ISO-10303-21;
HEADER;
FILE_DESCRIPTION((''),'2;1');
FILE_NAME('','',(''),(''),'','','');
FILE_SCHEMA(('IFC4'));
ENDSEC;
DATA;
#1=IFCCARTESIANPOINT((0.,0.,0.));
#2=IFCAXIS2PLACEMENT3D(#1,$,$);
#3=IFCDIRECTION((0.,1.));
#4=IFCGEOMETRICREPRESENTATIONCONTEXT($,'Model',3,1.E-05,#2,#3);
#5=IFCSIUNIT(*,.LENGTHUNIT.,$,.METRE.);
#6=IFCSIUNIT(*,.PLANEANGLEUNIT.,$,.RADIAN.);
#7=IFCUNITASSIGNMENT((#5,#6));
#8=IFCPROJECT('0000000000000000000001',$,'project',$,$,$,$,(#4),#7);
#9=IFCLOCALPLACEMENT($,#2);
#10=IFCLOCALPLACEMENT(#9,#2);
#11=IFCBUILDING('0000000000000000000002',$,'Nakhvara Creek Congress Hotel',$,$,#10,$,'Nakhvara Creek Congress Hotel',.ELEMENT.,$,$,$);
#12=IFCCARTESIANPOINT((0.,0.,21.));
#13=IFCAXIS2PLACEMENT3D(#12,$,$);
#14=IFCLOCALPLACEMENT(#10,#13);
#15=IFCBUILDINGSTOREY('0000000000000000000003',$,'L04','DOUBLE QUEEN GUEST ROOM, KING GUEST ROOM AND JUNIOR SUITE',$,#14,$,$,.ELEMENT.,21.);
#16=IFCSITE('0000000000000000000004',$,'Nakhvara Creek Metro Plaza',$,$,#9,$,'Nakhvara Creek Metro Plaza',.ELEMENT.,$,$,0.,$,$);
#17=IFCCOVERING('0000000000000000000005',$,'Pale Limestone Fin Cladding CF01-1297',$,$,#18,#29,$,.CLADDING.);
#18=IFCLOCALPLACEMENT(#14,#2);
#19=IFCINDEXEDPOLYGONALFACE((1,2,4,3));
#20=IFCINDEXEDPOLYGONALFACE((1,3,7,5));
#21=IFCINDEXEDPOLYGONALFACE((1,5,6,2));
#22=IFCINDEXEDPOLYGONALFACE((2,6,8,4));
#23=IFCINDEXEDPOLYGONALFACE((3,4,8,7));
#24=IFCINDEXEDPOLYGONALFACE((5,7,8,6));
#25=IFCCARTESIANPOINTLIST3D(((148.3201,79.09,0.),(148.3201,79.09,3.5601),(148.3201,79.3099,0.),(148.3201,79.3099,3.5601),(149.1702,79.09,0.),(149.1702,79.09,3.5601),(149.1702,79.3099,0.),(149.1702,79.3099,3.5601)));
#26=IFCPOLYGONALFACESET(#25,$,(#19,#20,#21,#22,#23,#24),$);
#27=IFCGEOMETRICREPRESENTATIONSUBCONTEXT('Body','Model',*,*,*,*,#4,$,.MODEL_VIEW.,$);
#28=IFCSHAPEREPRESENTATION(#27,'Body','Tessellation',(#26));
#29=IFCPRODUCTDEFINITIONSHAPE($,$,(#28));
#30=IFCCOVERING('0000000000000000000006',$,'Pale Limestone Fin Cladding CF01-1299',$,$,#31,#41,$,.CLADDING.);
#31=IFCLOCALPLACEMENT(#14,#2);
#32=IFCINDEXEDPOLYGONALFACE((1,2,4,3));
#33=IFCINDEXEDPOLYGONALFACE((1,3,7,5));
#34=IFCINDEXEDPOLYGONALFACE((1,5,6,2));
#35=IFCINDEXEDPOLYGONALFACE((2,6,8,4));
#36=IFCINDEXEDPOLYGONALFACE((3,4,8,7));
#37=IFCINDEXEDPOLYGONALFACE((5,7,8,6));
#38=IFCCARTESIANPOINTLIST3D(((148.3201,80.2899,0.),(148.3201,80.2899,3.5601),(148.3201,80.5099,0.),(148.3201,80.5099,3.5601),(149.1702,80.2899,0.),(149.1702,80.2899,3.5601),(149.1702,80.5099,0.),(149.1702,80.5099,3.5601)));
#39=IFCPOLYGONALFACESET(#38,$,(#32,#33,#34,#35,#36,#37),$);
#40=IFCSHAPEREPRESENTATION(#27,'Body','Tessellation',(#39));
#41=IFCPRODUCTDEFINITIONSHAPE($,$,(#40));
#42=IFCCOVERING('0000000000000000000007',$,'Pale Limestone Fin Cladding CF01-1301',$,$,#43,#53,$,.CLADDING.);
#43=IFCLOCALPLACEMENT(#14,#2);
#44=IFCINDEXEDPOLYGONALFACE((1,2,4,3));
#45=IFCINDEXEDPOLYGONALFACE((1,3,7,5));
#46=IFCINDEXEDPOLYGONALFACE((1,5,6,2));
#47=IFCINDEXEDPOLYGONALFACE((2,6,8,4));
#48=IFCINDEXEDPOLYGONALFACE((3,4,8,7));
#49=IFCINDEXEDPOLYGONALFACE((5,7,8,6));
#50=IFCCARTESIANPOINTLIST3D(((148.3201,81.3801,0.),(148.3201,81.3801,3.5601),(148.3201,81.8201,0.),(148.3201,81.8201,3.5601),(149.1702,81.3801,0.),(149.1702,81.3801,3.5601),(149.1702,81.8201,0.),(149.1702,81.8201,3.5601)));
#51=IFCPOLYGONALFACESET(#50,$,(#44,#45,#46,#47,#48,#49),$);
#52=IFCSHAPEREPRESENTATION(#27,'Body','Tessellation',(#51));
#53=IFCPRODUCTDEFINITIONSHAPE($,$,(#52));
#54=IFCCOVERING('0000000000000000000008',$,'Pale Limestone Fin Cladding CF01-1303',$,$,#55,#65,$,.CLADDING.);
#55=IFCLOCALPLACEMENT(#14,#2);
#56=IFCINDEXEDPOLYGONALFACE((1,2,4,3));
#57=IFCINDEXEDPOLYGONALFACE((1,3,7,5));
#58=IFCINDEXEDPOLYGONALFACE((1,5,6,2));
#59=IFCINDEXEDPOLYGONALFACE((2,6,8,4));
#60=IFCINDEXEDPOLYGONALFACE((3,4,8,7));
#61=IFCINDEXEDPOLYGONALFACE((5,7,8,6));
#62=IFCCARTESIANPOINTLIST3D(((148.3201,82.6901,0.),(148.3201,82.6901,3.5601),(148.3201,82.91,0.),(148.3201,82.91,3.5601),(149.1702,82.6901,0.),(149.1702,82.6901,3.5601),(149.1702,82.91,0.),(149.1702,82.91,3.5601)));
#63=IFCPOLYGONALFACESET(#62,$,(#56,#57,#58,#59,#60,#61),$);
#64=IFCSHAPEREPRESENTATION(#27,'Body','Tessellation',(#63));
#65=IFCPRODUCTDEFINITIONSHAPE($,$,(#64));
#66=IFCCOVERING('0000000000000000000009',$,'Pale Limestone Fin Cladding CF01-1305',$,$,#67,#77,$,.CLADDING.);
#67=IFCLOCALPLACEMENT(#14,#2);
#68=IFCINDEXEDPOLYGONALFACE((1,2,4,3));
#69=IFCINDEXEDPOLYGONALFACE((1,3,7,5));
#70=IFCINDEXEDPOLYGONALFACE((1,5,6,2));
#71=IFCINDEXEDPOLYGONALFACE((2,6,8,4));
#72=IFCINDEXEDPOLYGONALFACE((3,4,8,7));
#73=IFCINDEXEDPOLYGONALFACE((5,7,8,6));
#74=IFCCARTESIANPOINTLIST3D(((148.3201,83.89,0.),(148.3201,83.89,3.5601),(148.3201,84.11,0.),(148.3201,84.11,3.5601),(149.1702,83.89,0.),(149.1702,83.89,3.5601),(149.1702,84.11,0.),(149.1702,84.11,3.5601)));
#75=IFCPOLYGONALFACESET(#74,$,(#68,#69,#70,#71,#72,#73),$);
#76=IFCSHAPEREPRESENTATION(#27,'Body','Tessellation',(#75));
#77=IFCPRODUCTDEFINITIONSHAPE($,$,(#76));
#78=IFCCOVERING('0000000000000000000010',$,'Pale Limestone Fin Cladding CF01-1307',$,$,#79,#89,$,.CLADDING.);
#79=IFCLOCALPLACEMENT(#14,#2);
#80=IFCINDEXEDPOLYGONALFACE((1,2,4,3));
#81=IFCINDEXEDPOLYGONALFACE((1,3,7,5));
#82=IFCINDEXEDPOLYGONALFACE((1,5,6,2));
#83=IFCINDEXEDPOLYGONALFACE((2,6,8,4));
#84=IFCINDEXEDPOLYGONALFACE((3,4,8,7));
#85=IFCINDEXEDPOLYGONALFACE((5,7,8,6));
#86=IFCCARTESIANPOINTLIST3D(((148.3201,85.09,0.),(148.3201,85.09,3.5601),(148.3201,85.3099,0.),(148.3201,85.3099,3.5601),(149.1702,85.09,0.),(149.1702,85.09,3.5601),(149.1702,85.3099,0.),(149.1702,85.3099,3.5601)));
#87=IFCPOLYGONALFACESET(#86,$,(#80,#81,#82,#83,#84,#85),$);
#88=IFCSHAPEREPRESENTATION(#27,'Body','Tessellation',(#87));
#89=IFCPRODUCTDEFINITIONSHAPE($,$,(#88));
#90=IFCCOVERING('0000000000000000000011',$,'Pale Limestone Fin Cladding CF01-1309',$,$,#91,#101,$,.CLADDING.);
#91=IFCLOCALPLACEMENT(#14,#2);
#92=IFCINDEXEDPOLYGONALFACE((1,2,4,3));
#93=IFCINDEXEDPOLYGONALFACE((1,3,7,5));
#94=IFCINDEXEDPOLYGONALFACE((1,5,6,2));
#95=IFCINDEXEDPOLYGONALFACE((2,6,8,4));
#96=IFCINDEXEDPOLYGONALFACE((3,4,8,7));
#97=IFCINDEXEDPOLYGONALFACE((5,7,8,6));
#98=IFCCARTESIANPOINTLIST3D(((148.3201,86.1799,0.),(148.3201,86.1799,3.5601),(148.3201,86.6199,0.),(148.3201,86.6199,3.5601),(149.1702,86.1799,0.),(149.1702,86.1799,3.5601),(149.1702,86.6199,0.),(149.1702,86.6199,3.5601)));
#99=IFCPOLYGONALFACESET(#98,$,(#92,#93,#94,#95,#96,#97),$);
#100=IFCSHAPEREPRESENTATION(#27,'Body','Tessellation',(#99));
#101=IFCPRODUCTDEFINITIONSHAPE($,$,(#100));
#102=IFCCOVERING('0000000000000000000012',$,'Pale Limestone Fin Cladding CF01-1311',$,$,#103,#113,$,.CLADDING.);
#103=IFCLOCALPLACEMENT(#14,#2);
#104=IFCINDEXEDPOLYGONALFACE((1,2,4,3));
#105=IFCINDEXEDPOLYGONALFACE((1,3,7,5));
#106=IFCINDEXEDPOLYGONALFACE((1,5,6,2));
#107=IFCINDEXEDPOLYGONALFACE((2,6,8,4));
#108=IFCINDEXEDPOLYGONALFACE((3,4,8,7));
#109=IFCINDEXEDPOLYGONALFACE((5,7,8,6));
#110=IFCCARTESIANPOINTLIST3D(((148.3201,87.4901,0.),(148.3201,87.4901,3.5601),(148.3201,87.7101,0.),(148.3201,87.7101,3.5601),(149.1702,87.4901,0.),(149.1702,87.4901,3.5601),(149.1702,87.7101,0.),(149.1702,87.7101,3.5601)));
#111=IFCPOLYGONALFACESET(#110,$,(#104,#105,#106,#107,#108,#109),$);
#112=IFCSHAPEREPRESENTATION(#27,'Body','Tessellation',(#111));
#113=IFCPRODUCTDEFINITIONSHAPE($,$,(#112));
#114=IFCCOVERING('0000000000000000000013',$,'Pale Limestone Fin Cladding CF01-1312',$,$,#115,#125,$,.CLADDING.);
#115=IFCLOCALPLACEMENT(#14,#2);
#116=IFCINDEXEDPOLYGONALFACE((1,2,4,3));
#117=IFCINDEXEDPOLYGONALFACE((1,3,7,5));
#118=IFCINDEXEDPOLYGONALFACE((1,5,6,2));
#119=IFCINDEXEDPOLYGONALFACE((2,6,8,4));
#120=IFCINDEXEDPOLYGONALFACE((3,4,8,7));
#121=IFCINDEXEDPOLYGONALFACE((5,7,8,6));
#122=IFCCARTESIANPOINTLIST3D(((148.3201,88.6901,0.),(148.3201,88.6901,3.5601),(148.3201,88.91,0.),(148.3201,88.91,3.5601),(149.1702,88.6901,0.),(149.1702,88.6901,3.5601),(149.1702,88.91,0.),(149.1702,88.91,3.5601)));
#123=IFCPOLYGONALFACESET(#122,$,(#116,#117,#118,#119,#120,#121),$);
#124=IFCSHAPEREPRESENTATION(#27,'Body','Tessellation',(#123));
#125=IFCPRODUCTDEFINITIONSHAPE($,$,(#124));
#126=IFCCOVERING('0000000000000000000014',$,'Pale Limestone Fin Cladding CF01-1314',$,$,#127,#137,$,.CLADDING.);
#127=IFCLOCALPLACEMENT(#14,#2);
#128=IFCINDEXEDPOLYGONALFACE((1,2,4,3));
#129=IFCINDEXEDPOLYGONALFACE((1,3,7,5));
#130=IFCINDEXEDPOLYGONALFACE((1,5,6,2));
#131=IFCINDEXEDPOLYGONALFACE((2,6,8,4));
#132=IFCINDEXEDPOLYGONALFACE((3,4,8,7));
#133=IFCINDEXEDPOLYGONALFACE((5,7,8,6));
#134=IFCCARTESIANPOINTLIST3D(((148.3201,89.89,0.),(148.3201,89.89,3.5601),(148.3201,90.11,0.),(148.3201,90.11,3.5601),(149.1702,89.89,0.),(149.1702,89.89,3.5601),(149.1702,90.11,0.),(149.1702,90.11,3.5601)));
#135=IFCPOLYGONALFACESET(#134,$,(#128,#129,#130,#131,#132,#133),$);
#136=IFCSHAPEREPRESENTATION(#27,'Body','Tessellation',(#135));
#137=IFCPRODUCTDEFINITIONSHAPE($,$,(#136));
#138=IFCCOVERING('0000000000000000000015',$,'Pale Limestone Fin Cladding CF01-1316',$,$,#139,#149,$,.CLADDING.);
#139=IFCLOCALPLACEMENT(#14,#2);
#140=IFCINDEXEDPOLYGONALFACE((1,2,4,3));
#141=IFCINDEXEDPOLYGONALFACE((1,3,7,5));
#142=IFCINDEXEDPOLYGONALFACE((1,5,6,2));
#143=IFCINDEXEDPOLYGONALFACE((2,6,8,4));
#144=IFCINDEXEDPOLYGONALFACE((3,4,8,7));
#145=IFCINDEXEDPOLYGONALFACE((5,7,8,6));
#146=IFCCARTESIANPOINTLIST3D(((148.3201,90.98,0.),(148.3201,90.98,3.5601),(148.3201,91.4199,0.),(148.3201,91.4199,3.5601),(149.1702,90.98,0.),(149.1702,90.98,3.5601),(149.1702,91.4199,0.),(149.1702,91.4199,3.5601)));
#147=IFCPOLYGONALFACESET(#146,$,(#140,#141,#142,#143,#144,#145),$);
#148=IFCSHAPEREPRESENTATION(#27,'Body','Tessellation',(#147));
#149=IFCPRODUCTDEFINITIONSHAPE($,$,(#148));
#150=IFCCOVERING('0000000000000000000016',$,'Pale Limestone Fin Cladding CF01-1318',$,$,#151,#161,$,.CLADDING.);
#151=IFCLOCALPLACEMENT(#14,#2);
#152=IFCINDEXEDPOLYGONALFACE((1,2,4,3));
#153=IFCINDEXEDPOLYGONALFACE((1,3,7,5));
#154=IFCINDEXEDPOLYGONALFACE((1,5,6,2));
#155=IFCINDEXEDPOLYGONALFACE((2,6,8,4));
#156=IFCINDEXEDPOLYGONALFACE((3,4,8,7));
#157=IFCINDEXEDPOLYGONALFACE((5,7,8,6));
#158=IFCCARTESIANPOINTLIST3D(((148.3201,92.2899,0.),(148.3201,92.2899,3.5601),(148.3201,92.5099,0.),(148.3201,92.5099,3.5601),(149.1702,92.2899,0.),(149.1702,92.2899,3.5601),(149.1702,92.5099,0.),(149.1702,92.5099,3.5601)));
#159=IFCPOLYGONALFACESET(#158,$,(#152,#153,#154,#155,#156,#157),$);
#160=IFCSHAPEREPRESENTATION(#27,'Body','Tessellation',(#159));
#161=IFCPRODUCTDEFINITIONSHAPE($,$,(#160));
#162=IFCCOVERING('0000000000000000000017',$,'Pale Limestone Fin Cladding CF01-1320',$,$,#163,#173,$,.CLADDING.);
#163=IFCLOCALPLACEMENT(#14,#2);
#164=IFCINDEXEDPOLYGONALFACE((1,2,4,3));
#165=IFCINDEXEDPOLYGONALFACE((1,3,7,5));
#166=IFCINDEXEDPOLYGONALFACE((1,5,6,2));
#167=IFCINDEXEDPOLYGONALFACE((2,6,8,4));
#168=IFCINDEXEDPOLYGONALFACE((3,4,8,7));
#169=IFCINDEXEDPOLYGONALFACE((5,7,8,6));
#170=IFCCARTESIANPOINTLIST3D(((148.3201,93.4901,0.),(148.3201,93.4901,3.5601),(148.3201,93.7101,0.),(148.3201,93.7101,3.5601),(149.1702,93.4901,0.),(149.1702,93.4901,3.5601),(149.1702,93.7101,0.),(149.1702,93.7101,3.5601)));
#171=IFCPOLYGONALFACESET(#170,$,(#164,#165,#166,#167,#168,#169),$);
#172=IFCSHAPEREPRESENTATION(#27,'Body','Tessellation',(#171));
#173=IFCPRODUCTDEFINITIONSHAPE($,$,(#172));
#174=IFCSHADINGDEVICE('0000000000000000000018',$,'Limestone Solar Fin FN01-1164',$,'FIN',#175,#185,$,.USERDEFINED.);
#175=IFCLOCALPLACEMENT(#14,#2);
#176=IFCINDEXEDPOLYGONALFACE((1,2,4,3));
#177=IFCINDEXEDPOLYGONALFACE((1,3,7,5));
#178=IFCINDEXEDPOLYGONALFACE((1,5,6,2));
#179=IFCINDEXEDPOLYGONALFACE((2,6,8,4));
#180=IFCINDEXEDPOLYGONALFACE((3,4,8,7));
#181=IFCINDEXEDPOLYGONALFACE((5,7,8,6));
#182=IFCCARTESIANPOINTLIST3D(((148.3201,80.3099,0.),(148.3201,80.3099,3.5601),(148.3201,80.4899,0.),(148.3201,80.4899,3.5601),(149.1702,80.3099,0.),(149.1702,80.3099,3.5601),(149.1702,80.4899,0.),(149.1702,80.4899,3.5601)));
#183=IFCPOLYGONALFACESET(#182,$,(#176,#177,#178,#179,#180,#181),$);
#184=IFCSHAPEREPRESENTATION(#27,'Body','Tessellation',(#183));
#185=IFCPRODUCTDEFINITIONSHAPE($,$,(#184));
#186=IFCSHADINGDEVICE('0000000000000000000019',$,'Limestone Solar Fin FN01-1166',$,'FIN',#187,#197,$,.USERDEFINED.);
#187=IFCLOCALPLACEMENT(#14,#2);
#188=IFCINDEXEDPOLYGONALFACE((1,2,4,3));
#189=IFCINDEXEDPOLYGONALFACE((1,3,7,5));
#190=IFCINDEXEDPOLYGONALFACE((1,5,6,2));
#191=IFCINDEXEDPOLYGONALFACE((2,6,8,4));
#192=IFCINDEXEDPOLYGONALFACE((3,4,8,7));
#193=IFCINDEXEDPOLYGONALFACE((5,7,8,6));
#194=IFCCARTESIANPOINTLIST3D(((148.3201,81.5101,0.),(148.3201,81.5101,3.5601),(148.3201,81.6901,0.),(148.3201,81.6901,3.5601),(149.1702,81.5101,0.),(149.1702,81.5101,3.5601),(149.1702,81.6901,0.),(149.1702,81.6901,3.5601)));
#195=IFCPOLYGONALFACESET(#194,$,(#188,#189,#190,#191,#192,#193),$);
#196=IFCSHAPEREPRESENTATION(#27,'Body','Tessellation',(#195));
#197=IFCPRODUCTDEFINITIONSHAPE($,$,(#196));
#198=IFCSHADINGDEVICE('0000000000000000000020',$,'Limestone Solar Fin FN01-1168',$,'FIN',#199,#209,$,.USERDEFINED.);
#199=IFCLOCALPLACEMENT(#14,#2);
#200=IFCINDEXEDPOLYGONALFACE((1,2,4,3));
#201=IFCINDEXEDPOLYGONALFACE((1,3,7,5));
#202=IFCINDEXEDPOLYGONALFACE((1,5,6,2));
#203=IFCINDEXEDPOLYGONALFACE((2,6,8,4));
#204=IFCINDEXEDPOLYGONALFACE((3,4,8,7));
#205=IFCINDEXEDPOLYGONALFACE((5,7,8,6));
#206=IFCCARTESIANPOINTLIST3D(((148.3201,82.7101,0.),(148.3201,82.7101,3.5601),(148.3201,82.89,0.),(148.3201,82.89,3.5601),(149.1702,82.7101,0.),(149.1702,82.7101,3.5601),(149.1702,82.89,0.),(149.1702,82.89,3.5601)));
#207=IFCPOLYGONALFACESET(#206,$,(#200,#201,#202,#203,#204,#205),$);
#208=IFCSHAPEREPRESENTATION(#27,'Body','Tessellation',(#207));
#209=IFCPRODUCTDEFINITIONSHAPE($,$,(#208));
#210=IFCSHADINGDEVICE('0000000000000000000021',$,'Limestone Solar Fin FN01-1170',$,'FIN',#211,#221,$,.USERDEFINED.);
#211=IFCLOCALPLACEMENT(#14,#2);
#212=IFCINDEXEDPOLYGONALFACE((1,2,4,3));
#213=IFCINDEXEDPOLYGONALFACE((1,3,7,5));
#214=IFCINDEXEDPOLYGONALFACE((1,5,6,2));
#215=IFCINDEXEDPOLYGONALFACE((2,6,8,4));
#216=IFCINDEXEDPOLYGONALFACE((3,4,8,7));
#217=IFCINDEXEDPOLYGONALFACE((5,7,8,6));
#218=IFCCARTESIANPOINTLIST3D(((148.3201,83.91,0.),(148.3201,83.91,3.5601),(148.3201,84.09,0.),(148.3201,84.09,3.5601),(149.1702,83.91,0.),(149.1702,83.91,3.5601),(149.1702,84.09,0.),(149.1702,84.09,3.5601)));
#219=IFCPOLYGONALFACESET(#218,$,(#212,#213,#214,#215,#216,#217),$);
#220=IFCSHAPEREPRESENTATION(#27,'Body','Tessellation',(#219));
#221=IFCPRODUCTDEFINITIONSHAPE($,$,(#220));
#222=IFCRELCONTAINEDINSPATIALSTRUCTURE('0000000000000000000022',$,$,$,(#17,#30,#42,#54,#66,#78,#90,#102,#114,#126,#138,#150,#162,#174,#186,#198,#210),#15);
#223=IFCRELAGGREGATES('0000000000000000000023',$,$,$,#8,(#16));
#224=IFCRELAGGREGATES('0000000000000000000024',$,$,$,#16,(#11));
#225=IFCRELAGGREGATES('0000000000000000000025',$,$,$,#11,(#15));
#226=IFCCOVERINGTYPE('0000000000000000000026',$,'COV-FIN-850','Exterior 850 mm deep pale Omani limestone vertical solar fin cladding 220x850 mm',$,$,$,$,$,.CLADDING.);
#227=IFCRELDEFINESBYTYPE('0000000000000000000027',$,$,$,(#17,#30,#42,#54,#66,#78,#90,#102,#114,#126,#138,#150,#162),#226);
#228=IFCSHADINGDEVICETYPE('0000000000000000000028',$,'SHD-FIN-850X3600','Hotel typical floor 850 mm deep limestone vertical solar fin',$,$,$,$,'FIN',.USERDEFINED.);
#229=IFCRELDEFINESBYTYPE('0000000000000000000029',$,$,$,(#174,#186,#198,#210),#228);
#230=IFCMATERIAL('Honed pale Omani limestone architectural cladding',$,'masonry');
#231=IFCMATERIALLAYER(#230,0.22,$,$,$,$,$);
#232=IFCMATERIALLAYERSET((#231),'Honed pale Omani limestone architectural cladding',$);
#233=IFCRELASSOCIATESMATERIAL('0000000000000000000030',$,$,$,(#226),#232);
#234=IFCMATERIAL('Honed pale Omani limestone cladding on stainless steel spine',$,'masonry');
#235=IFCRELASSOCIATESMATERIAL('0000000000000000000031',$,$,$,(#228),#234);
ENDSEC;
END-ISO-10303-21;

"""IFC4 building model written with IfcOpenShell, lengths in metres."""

from ifc_helpers import new_model, si_unit, direction, frame, origin, origin_2d, place, context, subcontext, project, spatial, rectangle, extrude, material, layer, layer_set, type_object, element, save


model = new_model("IFC4")

# Units and contexts
model_context = context("Model", 3, precision=1e-05, world=origin(), true_north=direction((0.0, 1.0)))
body_context = subcontext(model_context, "Body", "Model", "MODEL_VIEW")
ifc_project = project(units=[si_unit("LENGTHUNIT", "METRE"), si_unit("PLANEANGLEUNIT", "RADIAN")], contexts=[model_context])

# Site, building, storey
site_placement = place(None, origin())
site = spatial("IfcSite", under=ifc_project, at=site_placement, Name="Nakhvara Creek Metro Plaza", LongName="Nakhvara Creek Metro Plaza", CompositionType="ELEMENT", RefElevation=0.0)
building_placement = place(site_placement, origin())
building = spatial("IfcBuilding", under=site, at=building_placement, Name="Nakhvara Creek Congress Hotel", LongName="Nakhvara Creek Congress Hotel", CompositionType="ELEMENT")
storey_placement = place(building_placement, frame((0.0, 0.0, 21.0)))
storey = spatial("IfcBuildingStorey", under=building, at=storey_placement, Name="L04", Description="DOUBLE QUEEN GUEST ROOM, KING GUEST ROOM AND JUNIOR SUITE", CompositionType="ELEMENT", Elevation=21.0)

# Coverings
ifc_material_1 = material(Name="Honed pale Omani limestone architectural cladding", Category="masonry")
ifc_layer = layer(ifc_material_1, 0.22)
ifc_layer_set = layer_set([ifc_layer], Name="Honed pale Omani limestone architectural cladding")
covering_type = type_object("IfcCoveringType", Name="COV-FIN-850", Description="Exterior 850 mm deep pale Omani limestone vertical solar fin cladding 220x850 mm", PredefinedType="CLADDING", material=ifc_layer_set)
for number, where, z_axis, x_axis, name in (
    (1, (148.7451, 79.2, 0.0), (0.0, 0.0, 1.0), (0.0, 1.0, 0.0), "Pale Limestone Fin Cladding CF01-1297"),
    (2, (148.7451, 80.3999, 0.0), (0.0, 0.0, 1.0), (0.0, 1.0, 0.0), "Pale Limestone Fin Cladding CF01-1299"),
):
    element("IfcCovering", number, at=place(storey_placement, frame(where, z_axis=z_axis, x_axis=x_axis)), inside=storey, type_object=covering_type, Name=name, PredefinedType="CLADDING", context=body_context, shape_type="SweptSolid", body=[
        extrude(rectangle(XDim=0.22, YDim=0.8501, at=origin_2d()), origin(), (0.0, 0.0, 1.0), 3.5601),
    ])
covering_1_placement = place(storey_placement, frame((148.7451, 81.6001, 0.0), z_axis=(0.0, 0.0, 1.0), x_axis=(0.0, 1.0, 0.0)))
element("IfcCovering", 3, at=covering_1_placement, inside=storey, type_object=covering_type, Name="Pale Limestone Fin Cladding CF01-1301", PredefinedType="CLADDING", context=body_context, shape_type="SweptSolid", body=[
    extrude(rectangle(XDim=0.4399, YDim=0.8501, at=origin_2d()), origin(), (0.0, 0.0, 1.0), 3.5601),
])
for number, where, z_axis, x_axis, name in (
    (4, (148.7451, 82.8, 0.0), (0.0, 0.0, 1.0), (0.0, 1.0, 0.0), "Pale Limestone Fin Cladding CF01-1303"),
    (5, (148.7451, 84.0, 0.0), (0.0, 0.0, 1.0), (0.0, 1.0, 0.0), "Pale Limestone Fin Cladding CF01-1305"),
    (6, (148.7451, 85.2, 0.0), (0.0, 0.0, 1.0), (0.0, 1.0, 0.0), "Pale Limestone Fin Cladding CF01-1307"),
):
    element("IfcCovering", number, at=place(storey_placement, frame(where, z_axis=z_axis, x_axis=x_axis)), inside=storey, type_object=covering_type, Name=name, PredefinedType="CLADDING", context=body_context, shape_type="SweptSolid", body=[
        extrude(rectangle(XDim=0.22, YDim=0.8501, at=origin_2d()), origin(), (0.0, 0.0, 1.0), 3.5601),
    ])
covering_2_placement = place(storey_placement, frame((148.7451, 86.3999, 0.0), z_axis=(0.0, 0.0, 1.0), x_axis=(0.0, 1.0, 0.0)))
element("IfcCovering", 7, at=covering_2_placement, inside=storey, type_object=covering_type, Name="Pale Limestone Fin Cladding CF01-1309", PredefinedType="CLADDING", context=body_context, shape_type="SweptSolid", body=[
    extrude(rectangle(XDim=0.4399, YDim=0.8501, at=origin_2d()), origin(), (0.0, 0.0, 1.0), 3.5601),
])
for number, where, z_axis, x_axis, name in (
    (8, (148.7451, 87.6001, 0.0), (0.0, 0.0, 1.0), (0.0, 1.0, 0.0), "Pale Limestone Fin Cladding CF01-1311"),
    (9, (148.7451, 88.8, 0.0), (0.0, 0.0, 1.0), (0.0, 1.0, 0.0), "Pale Limestone Fin Cladding CF01-1312"),
    (10, (148.7451, 90.0, 0.0), (0.0, 0.0, 1.0), (0.0, 1.0, 0.0), "Pale Limestone Fin Cladding CF01-1314"),
):
    element("IfcCovering", number, at=place(storey_placement, frame(where, z_axis=z_axis, x_axis=x_axis)), inside=storey, type_object=covering_type, Name=name, PredefinedType="CLADDING", context=body_context, shape_type="SweptSolid", body=[
        extrude(rectangle(XDim=0.22, YDim=0.8501, at=origin_2d()), origin(), (0.0, 0.0, 1.0), 3.5601),
    ])
covering_3_placement = place(storey_placement, frame((148.7451, 91.2, 0.0), z_axis=(0.0, 0.0, 1.0), x_axis=(0.0, 1.0, 0.0)))
element("IfcCovering", 11, at=covering_3_placement, inside=storey, type_object=covering_type, Name="Pale Limestone Fin Cladding CF01-1316", PredefinedType="CLADDING", context=body_context, shape_type="SweptSolid", body=[
    extrude(rectangle(XDim=0.4399, YDim=0.8501, at=origin_2d()), origin(), (0.0, 0.0, 1.0), 3.5601),
])
for number, where, z_axis, x_axis, name in (
    (12, (148.7451, 92.3999, 0.0), (0.0, 0.0, 1.0), (0.0, 1.0, 0.0), "Pale Limestone Fin Cladding CF01-1318"),
    (13, (148.7451, 93.6001, 0.0), (0.0, 0.0, 1.0), (0.0, 1.0, 0.0), "Pale Limestone Fin Cladding CF01-1320"),
):
    element("IfcCovering", number, at=place(storey_placement, frame(where, z_axis=z_axis, x_axis=x_axis)), inside=storey, type_object=covering_type, Name=name, PredefinedType="CLADDING", context=body_context, shape_type="SweptSolid", body=[
        extrude(rectangle(XDim=0.22, YDim=0.8501, at=origin_2d()), origin(), (0.0, 0.0, 1.0), 3.5601),
    ])

# Shading devices
ifc_material_2 = material(Name="Honed pale Omani limestone cladding on stainless steel spine", Category="masonry")
shading_device_type = type_object("IfcShadingDeviceType", Name="SHD-FIN-850X3600", Description="Hotel typical floor 850 mm deep limestone vertical solar fin", ElementType="FIN", PredefinedType="USERDEFINED", material=ifc_material_2)
for number, where, z_axis, x_axis, name in (
    (14, (148.7451, 80.3999, 0.0), (0.0, 0.0, 1.0), (0.0, 1.0, 0.0), "Limestone Solar Fin FN01-1164"),
    (15, (148.7451, 81.6001, 0.0), (0.0, 0.0, 1.0), (0.0, 1.0, 0.0), "Limestone Solar Fin FN01-1166"),
    (16, (148.7451, 82.8, 0.0), (0.0, 0.0, 1.0), (0.0, 1.0, 0.0), "Limestone Solar Fin FN01-1168"),
    (17, (148.7451, 84.0, 0.0), (0.0, 0.0, 1.0), (0.0, 1.0, 0.0), "Limestone Solar Fin FN01-1170"),
):
    element("IfcShadingDevice", number, at=place(storey_placement, frame(where, z_axis=z_axis, x_axis=x_axis)), inside=storey, type_object=shading_device_type, Name=name, ObjectType="FIN", PredefinedType="USERDEFINED", context=body_context, shape_type="SweptSolid", body=[
        extrude(rectangle(XDim=0.1799, YDim=0.8501, at=origin_2d()), origin(), (0.0, 0.0, 1.0), 3.5601),
    ])

save(model, "model.ifc")
